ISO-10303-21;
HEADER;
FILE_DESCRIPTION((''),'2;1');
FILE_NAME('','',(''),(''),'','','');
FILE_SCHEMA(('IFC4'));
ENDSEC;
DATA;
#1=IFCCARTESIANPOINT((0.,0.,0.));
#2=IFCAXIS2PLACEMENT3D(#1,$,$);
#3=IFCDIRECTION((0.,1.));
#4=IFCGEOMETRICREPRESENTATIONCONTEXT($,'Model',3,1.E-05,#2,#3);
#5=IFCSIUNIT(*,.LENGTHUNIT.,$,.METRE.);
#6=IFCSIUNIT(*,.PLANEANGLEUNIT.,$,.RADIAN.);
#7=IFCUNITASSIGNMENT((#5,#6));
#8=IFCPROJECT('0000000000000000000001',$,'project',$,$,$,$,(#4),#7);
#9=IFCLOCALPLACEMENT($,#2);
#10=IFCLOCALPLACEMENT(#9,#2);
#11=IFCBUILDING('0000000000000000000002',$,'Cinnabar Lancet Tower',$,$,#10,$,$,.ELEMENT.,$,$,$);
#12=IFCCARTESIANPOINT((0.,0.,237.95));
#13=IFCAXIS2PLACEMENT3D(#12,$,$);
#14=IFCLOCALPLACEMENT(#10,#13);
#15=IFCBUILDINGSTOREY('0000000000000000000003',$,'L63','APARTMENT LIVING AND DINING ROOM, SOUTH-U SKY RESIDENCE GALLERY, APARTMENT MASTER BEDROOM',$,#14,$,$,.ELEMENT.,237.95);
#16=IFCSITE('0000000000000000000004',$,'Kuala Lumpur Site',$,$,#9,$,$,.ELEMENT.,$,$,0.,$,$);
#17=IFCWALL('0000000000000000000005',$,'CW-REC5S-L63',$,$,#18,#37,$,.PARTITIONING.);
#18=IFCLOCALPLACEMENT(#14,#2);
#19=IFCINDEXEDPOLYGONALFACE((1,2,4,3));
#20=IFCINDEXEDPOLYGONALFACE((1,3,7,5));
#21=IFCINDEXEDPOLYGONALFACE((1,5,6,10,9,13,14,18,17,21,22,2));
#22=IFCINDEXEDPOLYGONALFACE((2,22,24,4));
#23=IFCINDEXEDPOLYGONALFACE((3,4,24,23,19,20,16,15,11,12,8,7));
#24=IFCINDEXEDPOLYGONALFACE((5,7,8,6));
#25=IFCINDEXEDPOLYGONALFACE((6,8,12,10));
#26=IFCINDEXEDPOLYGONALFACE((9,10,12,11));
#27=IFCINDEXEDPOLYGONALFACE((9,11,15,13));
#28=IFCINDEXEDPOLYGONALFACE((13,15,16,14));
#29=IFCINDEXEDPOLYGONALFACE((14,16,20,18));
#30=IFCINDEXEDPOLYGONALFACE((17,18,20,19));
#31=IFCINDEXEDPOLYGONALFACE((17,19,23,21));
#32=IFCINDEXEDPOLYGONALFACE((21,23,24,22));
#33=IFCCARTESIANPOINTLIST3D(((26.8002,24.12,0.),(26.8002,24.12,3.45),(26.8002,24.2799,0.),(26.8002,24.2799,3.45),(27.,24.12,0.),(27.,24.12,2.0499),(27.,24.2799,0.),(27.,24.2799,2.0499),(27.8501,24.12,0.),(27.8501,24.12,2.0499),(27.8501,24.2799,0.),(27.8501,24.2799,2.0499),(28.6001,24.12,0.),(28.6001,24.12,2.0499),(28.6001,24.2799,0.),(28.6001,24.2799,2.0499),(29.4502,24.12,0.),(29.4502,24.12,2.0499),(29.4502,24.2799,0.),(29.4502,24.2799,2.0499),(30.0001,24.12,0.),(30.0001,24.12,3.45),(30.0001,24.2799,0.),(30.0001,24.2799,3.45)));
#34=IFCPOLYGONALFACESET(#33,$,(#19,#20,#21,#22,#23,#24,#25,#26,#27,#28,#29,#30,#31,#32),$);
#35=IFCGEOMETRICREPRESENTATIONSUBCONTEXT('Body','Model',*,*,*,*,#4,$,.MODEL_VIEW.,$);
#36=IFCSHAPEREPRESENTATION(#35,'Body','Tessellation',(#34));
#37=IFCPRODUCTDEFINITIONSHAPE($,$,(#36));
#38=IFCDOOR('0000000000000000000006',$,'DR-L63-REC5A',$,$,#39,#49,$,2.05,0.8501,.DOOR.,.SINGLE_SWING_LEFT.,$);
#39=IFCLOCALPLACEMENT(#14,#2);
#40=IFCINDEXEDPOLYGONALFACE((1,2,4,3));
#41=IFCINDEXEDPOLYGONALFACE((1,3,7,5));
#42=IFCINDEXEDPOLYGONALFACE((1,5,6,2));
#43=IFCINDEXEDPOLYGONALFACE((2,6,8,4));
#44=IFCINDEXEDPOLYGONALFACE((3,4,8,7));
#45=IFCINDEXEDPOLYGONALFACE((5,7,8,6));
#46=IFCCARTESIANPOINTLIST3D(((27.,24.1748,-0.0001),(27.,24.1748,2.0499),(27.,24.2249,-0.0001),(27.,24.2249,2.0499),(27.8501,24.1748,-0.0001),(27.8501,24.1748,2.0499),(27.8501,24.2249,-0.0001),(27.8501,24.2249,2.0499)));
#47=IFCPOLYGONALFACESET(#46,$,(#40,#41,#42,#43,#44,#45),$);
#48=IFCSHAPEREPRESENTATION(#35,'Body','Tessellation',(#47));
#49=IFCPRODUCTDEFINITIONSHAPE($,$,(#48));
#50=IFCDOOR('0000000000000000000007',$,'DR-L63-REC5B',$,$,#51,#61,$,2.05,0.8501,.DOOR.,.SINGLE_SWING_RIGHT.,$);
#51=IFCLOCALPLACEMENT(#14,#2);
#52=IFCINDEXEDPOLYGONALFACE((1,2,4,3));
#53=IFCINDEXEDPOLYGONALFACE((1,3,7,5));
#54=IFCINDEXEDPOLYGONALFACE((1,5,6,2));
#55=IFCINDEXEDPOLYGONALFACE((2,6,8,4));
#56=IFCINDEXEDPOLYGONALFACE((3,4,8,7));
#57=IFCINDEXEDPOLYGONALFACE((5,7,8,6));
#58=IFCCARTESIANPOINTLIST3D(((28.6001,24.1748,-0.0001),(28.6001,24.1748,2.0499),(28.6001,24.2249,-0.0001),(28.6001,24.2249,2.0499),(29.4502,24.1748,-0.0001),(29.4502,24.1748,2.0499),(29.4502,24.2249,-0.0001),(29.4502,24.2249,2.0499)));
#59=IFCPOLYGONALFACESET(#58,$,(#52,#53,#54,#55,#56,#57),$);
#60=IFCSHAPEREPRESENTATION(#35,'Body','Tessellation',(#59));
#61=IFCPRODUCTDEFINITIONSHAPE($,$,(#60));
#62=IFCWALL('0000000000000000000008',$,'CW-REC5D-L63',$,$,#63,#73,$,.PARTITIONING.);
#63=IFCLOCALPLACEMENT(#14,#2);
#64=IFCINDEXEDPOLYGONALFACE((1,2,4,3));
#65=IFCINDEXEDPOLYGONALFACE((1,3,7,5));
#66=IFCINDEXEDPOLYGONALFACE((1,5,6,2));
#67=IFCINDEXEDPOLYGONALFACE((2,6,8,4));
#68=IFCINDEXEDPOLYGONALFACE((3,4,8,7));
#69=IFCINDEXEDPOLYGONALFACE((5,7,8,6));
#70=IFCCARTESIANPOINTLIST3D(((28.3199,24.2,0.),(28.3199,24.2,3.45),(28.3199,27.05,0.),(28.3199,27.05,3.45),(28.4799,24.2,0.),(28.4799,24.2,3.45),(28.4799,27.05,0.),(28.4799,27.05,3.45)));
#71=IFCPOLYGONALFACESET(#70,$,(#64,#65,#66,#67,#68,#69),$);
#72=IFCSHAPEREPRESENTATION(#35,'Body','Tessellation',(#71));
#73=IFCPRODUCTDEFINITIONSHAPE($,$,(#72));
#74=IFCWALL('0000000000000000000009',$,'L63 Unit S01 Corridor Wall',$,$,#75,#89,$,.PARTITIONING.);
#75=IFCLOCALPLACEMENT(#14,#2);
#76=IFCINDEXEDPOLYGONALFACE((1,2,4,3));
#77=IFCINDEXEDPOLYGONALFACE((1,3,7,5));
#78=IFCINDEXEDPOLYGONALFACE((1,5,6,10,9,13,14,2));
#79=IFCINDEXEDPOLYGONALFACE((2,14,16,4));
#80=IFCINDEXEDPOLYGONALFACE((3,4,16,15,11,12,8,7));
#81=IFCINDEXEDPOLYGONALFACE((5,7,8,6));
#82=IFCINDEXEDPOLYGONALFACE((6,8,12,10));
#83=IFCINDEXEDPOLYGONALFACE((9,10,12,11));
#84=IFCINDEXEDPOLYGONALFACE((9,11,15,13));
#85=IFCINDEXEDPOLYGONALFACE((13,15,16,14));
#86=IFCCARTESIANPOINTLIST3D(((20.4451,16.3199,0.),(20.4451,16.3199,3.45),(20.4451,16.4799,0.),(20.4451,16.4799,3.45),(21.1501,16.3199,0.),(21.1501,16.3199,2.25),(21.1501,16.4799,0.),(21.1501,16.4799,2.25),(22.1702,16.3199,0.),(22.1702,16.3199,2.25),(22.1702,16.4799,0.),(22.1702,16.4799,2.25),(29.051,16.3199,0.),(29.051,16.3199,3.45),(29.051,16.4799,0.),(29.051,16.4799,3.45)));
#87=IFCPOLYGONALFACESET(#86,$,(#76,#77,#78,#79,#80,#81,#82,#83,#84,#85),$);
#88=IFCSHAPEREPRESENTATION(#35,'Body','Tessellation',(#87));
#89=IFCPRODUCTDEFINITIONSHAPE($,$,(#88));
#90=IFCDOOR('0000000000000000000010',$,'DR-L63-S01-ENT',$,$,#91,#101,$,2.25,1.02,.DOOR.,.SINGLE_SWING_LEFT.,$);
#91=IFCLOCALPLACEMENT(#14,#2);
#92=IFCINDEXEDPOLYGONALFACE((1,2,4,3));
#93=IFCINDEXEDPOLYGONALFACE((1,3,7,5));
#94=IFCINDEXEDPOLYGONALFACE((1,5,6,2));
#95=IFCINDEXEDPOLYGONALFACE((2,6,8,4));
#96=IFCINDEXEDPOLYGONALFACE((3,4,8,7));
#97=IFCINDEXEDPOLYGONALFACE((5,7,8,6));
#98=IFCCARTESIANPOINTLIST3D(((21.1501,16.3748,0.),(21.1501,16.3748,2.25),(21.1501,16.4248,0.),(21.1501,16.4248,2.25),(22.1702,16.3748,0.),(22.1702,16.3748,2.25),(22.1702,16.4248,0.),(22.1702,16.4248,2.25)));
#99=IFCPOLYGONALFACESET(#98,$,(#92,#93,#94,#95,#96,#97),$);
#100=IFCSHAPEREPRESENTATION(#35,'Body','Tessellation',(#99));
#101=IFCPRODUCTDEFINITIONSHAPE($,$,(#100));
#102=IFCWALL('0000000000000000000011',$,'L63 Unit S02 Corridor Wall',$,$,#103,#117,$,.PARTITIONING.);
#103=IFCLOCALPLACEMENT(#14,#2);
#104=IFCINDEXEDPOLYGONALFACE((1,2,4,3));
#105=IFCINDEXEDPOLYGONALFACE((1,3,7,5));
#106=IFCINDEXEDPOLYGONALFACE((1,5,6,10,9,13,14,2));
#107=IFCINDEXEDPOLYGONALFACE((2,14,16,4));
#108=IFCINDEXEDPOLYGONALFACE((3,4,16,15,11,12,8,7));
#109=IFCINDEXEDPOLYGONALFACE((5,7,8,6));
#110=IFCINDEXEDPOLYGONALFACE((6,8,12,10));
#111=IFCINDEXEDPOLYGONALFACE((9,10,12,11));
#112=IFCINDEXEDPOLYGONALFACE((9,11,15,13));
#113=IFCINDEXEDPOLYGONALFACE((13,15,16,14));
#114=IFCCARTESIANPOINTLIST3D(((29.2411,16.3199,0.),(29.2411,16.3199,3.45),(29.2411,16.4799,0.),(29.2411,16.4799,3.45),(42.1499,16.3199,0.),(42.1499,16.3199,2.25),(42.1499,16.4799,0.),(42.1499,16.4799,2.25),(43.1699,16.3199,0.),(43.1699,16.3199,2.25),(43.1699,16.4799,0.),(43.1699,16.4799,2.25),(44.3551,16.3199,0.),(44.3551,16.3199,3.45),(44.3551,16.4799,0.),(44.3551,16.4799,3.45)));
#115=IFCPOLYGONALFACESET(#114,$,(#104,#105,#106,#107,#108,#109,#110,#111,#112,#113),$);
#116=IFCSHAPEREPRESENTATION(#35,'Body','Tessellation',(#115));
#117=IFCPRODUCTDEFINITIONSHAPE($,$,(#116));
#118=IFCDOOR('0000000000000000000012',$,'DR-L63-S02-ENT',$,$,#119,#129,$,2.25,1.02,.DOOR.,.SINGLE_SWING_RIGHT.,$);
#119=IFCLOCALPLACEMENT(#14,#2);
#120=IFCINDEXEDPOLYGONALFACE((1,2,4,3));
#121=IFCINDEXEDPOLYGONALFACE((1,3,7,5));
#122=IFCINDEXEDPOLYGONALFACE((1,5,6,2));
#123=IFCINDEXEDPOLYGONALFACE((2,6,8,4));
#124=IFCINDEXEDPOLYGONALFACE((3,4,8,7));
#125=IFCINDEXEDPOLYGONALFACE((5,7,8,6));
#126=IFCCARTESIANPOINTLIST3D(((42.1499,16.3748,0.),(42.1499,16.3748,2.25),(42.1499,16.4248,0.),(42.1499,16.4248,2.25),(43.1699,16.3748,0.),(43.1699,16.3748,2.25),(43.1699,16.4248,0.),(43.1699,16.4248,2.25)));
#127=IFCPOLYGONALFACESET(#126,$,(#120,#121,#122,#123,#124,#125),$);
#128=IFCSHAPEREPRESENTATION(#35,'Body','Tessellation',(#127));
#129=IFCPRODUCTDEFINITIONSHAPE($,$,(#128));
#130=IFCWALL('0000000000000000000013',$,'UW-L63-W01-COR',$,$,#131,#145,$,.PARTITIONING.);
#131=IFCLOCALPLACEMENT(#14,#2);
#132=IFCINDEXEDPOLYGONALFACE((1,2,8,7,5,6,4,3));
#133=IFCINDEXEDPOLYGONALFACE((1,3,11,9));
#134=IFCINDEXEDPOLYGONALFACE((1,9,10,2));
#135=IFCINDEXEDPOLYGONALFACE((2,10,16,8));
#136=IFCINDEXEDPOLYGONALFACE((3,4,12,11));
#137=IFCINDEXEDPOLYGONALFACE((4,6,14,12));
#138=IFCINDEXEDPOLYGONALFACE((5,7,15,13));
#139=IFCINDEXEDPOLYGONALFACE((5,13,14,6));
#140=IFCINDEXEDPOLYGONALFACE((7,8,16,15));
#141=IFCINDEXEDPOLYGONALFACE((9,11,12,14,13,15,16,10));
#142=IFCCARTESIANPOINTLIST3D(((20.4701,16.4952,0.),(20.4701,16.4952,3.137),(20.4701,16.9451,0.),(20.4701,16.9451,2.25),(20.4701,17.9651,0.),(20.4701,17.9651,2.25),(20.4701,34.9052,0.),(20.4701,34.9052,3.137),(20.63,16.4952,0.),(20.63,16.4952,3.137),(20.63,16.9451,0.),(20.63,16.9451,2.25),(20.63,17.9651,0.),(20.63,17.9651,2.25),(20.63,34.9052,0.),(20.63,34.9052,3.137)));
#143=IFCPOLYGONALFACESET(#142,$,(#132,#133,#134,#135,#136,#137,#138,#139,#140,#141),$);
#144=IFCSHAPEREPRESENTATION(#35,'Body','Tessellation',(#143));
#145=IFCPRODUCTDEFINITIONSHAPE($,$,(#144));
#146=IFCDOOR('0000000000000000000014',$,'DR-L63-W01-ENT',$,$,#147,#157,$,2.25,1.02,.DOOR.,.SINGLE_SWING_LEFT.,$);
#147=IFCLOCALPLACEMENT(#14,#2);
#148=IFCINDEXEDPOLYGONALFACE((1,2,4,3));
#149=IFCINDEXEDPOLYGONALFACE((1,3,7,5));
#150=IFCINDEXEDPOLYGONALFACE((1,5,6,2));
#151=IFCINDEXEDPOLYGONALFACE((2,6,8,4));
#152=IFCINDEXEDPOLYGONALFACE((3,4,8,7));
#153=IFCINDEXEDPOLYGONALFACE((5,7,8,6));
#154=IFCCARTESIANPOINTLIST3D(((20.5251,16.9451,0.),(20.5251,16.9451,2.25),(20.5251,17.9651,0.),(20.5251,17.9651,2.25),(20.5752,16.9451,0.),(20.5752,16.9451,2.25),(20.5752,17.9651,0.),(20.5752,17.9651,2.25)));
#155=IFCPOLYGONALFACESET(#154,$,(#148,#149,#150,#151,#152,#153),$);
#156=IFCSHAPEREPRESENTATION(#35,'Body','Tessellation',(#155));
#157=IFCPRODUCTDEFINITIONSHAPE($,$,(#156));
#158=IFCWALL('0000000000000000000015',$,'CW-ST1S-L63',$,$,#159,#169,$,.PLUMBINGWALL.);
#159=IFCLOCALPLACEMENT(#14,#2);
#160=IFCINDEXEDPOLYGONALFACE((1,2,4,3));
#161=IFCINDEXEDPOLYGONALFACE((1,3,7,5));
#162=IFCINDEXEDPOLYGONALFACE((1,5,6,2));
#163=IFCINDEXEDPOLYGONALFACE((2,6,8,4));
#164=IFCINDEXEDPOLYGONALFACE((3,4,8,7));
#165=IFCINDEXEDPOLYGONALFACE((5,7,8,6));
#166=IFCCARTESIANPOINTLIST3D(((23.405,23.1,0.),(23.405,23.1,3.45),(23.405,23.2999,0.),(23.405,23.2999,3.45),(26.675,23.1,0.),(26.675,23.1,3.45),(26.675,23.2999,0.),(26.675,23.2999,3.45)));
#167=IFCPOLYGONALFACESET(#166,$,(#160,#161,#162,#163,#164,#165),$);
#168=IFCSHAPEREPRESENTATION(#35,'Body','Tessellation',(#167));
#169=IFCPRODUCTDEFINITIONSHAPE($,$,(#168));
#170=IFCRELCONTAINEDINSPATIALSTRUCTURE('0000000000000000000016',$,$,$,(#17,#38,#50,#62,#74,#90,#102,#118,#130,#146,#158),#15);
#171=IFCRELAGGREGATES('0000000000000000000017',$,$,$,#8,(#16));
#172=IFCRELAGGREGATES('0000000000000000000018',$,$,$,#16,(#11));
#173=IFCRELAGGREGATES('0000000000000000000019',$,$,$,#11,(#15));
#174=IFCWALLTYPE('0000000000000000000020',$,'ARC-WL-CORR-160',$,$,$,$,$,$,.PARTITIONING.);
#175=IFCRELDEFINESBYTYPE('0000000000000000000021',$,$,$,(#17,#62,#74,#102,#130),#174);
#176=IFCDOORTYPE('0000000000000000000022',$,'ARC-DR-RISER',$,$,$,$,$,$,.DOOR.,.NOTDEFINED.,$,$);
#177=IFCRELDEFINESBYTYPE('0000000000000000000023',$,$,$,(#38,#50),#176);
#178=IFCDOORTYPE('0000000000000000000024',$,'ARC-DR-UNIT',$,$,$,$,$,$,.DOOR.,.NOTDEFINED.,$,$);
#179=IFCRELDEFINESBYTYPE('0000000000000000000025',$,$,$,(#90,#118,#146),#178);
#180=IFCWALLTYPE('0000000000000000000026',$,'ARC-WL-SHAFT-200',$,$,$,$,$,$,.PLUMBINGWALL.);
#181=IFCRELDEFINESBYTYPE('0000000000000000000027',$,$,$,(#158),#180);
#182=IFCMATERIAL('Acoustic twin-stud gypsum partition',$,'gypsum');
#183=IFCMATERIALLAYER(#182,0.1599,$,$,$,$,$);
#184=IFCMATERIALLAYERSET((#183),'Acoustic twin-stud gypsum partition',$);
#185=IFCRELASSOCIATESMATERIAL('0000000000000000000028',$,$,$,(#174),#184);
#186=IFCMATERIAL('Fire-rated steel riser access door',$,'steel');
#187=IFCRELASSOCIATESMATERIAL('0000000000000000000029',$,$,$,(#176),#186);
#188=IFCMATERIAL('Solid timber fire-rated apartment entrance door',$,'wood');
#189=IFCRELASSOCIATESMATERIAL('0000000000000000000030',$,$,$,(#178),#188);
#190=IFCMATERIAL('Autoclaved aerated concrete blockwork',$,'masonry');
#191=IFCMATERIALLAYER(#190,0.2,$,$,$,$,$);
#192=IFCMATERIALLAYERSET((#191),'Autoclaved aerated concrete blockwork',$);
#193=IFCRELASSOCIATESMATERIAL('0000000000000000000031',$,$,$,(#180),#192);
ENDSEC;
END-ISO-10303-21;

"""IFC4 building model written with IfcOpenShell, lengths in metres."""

from ifc_helpers import new_model, si_unit, direction, frame, frame_2d, origin, place, context, subcontext, project, spatial, rectangle, extrude, material, layer, layer_set, type_object, element, fill, save


model = new_model("IFC4")

# Units and contexts
model_context = context("Model", 3, precision=1e-05, world=origin(), true_north=direction((0.0, 1.0)))
body_context = subcontext(model_context, "Body", "Model", "MODEL_VIEW")
ifc_project = project(units=[si_unit("LENGTHUNIT", "METRE"), si_unit("PLANEANGLEUNIT", "RADIAN")], contexts=[model_context])

# Site, building, storey
site_placement = place(None, origin())
site = spatial("IfcSite", under=ifc_project, at=site_placement, Name="Kuala Lumpur Site", CompositionType="ELEMENT", RefElevation=0.0)
building_placement = place(site_placement, origin())
building = spatial("IfcBuilding", under=site, at=building_placement, Name="Cinnabar Lancet Tower", CompositionType="ELEMENT")
storey_placement = place(building_placement, frame((0.0, 0.0, 237.95)))
storey = spatial("IfcBuildingStorey", under=building, at=storey_placement, Name="L63", Description="APARTMENT LIVING AND DINING ROOM, SOUTH-U SKY RESIDENCE GALLERY, APARTMENT MASTER BEDROOM", CompositionType="ELEMENT", Elevation=237.95)

# Wall, openings, doors
ifc_material_1 = material(Name="Acoustic twin-stud gypsum partition", Category="gypsum")
ifc_layer_1 = layer(ifc_material_1, 0.1599)
ifc_layer_set_1 = layer_set([ifc_layer_1], Name="Acoustic twin-stud gypsum partition")
wall_type_1 = type_object("IfcWallType", Name="ARC-WL-CORR-160", PredefinedType="PARTITIONING", material=ifc_layer_set_1)
wall_1_placement = place(storey_placement, frame((26.8, 24.2, 0.0), z_axis=(0.0, 0.0, 1.0), x_axis=(1.0, 0.0, 0.0)))
wall_1 = element("IfcWall", 1, at=wall_1_placement, inside=storey, type_object=wall_type_1, Name="CW-REC5S-L63", PredefinedType="PARTITIONING", context=body_context, shape_type="SweptSolid", body=[
    extrude(rectangle(XDim=3.2, YDim=0.1599, at=frame_2d((1.6001, 0.0))), origin(), (0.0, 0.0, 1.0), 3.45),
])
opening_1_placement = place(wall_1_placement, frame((0.2, 0.0, 0.0)))
opening_1 = element("IfcOpeningElement", 2, at=opening_1_placement, cuts=wall_1, PredefinedType="OPENING", context=body_context, shape_type="SweptSolid", body=[
    extrude(rectangle(XDim=0.8501, YDim=2.05, at=frame_2d((0.425, 1.0249))), frame((0.0, 0.0898, 0.0), z_axis=(0.0, -1.0, 0.0), x_axis=(1.0, 0.0, 0.0)), (0.0, 0.0, 1.0), 0.1799),
])
opening_2_placement = place(wall_1_placement, frame((1.8, 0.0, 0.0)))
opening_2 = element("IfcOpeningElement", 3, at=opening_2_placement, cuts=wall_1, PredefinedType="OPENING", context=body_context, shape_type="SweptSolid", body=[
    extrude(rectangle(XDim=0.8501, YDim=2.05, at=frame_2d((0.425, 1.0249))), frame((0.0, 0.0898, 0.0), z_axis=(0.0, -1.0, 0.0), x_axis=(1.0, 0.0, 0.0)), (0.0, 0.0, 1.0), 0.1799),
])
ifc_material_2 = material(Name="Fire-rated steel riser access door", Category="steel")
door_type_1 = type_object("IfcDoorType", Name="ARC-DR-RISER", OperationType="NOTDEFINED", PredefinedType="DOOR", material=ifc_material_2)
door_1_placement = place(opening_1_placement, origin())
door_1 = element("IfcDoor", 4, at=door_1_placement, inside=storey, type_object=door_type_1, Name="DR-L63-REC5A", OperationType="SINGLE_SWING_LEFT", OverallHeight=2.05, OverallWidth=0.8501, PredefinedType="DOOR", context=body_context, shape_type="SweptSolid", body=[
    extrude(rectangle(XDim=0.8501, YDim=2.05, at=frame_2d((0.425, 1.0249))), frame((0.0, 0.0249, 0.0), z_axis=(0.0, -1.0, 0.0), x_axis=(1.0, 0.0, 0.0)), (0.0, 0.0, 1.0), 0.05),
])
fill(opening_1, door_1)
door_2_placement = place(opening_2_placement, origin())
door_2 = element("IfcDoor", 5, at=door_2_placement, inside=storey, type_object=door_type_1, Name="DR-L63-REC5B", OperationType="SINGLE_SWING_RIGHT", OverallHeight=2.05, OverallWidth=0.8501, PredefinedType="DOOR", context=body_context, shape_type="SweptSolid", body=[
    extrude(rectangle(XDim=0.8501, YDim=2.05, at=frame_2d((0.425, 1.0249))), frame((0.0, 0.0249, 0.0), z_axis=(0.0, -1.0, 0.0), x_axis=(1.0, 0.0, 0.0)), (0.0, 0.0, 1.0), 0.05),
])
fill(opening_2, door_2)

# Wall
wall_2_placement = place(storey_placement, frame((28.3999, 24.2, 0.0), z_axis=(0.0, 0.0, 1.0), x_axis=(0.0, 1.0, 0.0)))
element("IfcWall", 6, at=wall_2_placement, inside=storey, type_object=wall_type_1, Name="CW-REC5D-L63", PredefinedType="PARTITIONING", context=body_context, shape_type="SweptSolid", body=[
    extrude(rectangle(XDim=2.8501, YDim=0.1599, at=frame_2d((1.425, 0.0))), origin(), (0.0, 0.0, 1.0), 3.45),
])

# Walls, openings, doors
wall_3_placement = place(storey_placement, frame((20.4451, 16.3999, 0.0), z_axis=(0.0, 0.0, 1.0), x_axis=(1.0, 0.0, 0.0)))
wall_3 = element("IfcWall", 7, at=wall_3_placement, inside=storey, type_object=wall_type_1, Name="L63 Unit S01 Corridor Wall", PredefinedType="PARTITIONING", context=body_context, shape_type="SweptSolid", body=[
    extrude(rectangle(XDim=8.606, YDim=0.1599, at=frame_2d((4.303, 0.0))), origin(), (0.0, 0.0, 1.0), 3.45),
])
opening_3_placement = place(wall_3_placement, frame((0.7051, 0.0, 0.0)))
opening_3 = element("IfcOpeningElement", 8, at=opening_3_placement, cuts=wall_3, PredefinedType="OPENING", context=body_context, shape_type="SweptSolid", body=[
    extrude(rectangle(XDim=1.02, YDim=2.25, at=frame_2d((0.51, 1.125))), frame((0.0, 0.0898, 0.0), z_axis=(0.0, -1.0, 0.0), x_axis=(1.0, 0.0, 0.0)), (0.0, 0.0, 1.0), 0.1799),
])
ifc_material_3 = material(Name="Solid timber fire-rated apartment entrance door", Category="wood")
door_type_2 = type_object("IfcDoorType", Name="ARC-DR-UNIT", OperationType="NOTDEFINED", PredefinedType="DOOR", material=ifc_material_3)
door_3_placement = place(opening_3_placement, origin())
door_3 = element("IfcDoor", 9, at=door_3_placement, inside=storey, type_object=door_type_2, Name="DR-L63-S01-ENT", OperationType="SINGLE_SWING_LEFT", OverallHeight=2.25, OverallWidth=1.02, PredefinedType="DOOR", context=body_context, shape_type="SweptSolid", body=[
    extrude(rectangle(XDim=1.02, YDim=2.25, at=frame_2d((0.51, 1.125))), frame((0.0, 0.0249, 0.0), z_axis=(0.0, -1.0, 0.0), x_axis=(1.0, 0.0, 0.0)), (0.0, 0.0, 1.0), 0.05),
])
fill(opening_3, door_3)
wall_4_placement = place(storey_placement, frame((29.241, 16.3999, 0.0), z_axis=(0.0, 0.0, 1.0), x_axis=(1.0, 0.0, 0.0)))
wall_4 = element("IfcWall", 10, at=wall_4_placement, inside=storey, type_object=wall_type_1, Name="L63 Unit S02 Corridor Wall", PredefinedType="PARTITIONING", context=body_context, shape_type="SweptSolid", body=[
    extrude(rectangle(XDim=15.114, YDim=0.1599, at=frame_2d((7.5571, 0.0))), origin(), (0.0, 0.0, 1.0), 3.45),
])
opening_4_placement = place(wall_4_placement, frame((12.9089, 0.0, 0.0)))
opening_4 = element("IfcOpeningElement", 11, at=opening_4_placement, cuts=wall_4, PredefinedType="OPENING", context=body_context, shape_type="SweptSolid", body=[
    extrude(rectangle(XDim=1.02, YDim=2.25, at=frame_2d((0.51, 1.125))), frame((0.0, 0.0898, 0.0), z_axis=(0.0, -1.0, 0.0), x_axis=(1.0, 0.0, 0.0)), (0.0, 0.0, 1.0), 0.1799),
])
door_4_placement = place(opening_4_placement, origin())
door_4 = element("IfcDoor", 12, at=door_4_placement, inside=storey, type_object=door_type_2, Name="DR-L63-S02-ENT", OperationType="SINGLE_SWING_RIGHT", OverallHeight=2.25, OverallWidth=1.02, PredefinedType="DOOR", context=body_context, shape_type="SweptSolid", body=[
    extrude(rectangle(XDim=1.02, YDim=2.25, at=frame_2d((0.51, 1.125))), frame((0.0, 0.0249, 0.0), z_axis=(0.0, -1.0, 0.0), x_axis=(1.0, 0.0, 0.0)), (0.0, 0.0, 1.0), 0.05),
])
fill(opening_4, door_4)
wall_5_placement = place(storey_placement, frame((20.55, 16.4951, 0.0), z_axis=(0.0, 0.0, 1.0), x_axis=(0.0, 1.0, 0.0)))
wall_5 = element("IfcWall", 13, at=wall_5_placement, inside=storey, type_object=wall_type_1, Name="UW-L63-W01-COR", PredefinedType="PARTITIONING", context=body_context, shape_type="SweptSolid", body=[
    extrude(rectangle(XDim=18.4099, YDim=0.1599, at=frame_2d((9.2051, 0.0))), origin(), (0.0, 0.0, 1.0), 3.137),
])
opening_5_placement = place(wall_5_placement, frame((0.45, 0.0, 0.0)))
opening_5 = element("IfcOpeningElement", 14, at=opening_5_placement, cuts=wall_5, PredefinedType="OPENING", context=body_context, shape_type="SweptSolid", body=[
    extrude(rectangle(XDim=1.02, YDim=2.25, at=frame_2d((0.51, 1.125))), frame((0.0, 0.0898, 0.0), z_axis=(0.0, -1.0, 0.0), x_axis=(1.0, 0.0, 0.0)), (0.0, 0.0, 1.0), 0.1799),
])
door_5_placement = place(opening_5_placement, origin())
door_5 = element("IfcDoor", 15, at=door_5_placement, inside=storey, type_object=door_type_2, Name="DR-L63-W01-ENT", OperationType="SINGLE_SWING_LEFT", OverallHeight=2.25, OverallWidth=1.02, PredefinedType="DOOR", context=body_context, shape_type="SweptSolid", body=[
    extrude(rectangle(XDim=1.02, YDim=2.25, at=frame_2d((0.51, 1.125))), frame((0.0, 0.0249, 0.0), z_axis=(0.0, -1.0, 0.0), x_axis=(1.0, 0.0, 0.0)), (0.0, 0.0, 1.0), 0.05),
])
fill(opening_5, door_5)

# Wall
ifc_material_4 = material(Name="Autoclaved aerated concrete blockwork", Category="masonry")
ifc_layer_2 = layer(ifc_material_4, 0.2)
ifc_layer_set_2 = layer_set([ifc_layer_2], Name="Autoclaved aerated concrete blockwork")
wall_type_2 = type_object("IfcWallType", Name="ARC-WL-SHAFT-200", PredefinedType="PLUMBINGWALL", material=ifc_layer_set_2)
wall_6_placement = place(storey_placement, frame((23.405, 23.2, 0.0), z_axis=(0.0, 0.0, 1.0), x_axis=(1.0, 0.0, 0.0)))
element("IfcWall", 16, at=wall_6_placement, inside=storey, type_object=wall_type_2, Name="CW-ST1S-L63", PredefinedType="PLUMBINGWALL", context=body_context, shape_type="SweptSolid", body=[
    extrude(rectangle(XDim=3.27, YDim=0.2, at=frame_2d((1.635, 0.0))), origin(), (0.0, 0.0, 1.0), 3.45),
])

save(model, "model.ifc")
